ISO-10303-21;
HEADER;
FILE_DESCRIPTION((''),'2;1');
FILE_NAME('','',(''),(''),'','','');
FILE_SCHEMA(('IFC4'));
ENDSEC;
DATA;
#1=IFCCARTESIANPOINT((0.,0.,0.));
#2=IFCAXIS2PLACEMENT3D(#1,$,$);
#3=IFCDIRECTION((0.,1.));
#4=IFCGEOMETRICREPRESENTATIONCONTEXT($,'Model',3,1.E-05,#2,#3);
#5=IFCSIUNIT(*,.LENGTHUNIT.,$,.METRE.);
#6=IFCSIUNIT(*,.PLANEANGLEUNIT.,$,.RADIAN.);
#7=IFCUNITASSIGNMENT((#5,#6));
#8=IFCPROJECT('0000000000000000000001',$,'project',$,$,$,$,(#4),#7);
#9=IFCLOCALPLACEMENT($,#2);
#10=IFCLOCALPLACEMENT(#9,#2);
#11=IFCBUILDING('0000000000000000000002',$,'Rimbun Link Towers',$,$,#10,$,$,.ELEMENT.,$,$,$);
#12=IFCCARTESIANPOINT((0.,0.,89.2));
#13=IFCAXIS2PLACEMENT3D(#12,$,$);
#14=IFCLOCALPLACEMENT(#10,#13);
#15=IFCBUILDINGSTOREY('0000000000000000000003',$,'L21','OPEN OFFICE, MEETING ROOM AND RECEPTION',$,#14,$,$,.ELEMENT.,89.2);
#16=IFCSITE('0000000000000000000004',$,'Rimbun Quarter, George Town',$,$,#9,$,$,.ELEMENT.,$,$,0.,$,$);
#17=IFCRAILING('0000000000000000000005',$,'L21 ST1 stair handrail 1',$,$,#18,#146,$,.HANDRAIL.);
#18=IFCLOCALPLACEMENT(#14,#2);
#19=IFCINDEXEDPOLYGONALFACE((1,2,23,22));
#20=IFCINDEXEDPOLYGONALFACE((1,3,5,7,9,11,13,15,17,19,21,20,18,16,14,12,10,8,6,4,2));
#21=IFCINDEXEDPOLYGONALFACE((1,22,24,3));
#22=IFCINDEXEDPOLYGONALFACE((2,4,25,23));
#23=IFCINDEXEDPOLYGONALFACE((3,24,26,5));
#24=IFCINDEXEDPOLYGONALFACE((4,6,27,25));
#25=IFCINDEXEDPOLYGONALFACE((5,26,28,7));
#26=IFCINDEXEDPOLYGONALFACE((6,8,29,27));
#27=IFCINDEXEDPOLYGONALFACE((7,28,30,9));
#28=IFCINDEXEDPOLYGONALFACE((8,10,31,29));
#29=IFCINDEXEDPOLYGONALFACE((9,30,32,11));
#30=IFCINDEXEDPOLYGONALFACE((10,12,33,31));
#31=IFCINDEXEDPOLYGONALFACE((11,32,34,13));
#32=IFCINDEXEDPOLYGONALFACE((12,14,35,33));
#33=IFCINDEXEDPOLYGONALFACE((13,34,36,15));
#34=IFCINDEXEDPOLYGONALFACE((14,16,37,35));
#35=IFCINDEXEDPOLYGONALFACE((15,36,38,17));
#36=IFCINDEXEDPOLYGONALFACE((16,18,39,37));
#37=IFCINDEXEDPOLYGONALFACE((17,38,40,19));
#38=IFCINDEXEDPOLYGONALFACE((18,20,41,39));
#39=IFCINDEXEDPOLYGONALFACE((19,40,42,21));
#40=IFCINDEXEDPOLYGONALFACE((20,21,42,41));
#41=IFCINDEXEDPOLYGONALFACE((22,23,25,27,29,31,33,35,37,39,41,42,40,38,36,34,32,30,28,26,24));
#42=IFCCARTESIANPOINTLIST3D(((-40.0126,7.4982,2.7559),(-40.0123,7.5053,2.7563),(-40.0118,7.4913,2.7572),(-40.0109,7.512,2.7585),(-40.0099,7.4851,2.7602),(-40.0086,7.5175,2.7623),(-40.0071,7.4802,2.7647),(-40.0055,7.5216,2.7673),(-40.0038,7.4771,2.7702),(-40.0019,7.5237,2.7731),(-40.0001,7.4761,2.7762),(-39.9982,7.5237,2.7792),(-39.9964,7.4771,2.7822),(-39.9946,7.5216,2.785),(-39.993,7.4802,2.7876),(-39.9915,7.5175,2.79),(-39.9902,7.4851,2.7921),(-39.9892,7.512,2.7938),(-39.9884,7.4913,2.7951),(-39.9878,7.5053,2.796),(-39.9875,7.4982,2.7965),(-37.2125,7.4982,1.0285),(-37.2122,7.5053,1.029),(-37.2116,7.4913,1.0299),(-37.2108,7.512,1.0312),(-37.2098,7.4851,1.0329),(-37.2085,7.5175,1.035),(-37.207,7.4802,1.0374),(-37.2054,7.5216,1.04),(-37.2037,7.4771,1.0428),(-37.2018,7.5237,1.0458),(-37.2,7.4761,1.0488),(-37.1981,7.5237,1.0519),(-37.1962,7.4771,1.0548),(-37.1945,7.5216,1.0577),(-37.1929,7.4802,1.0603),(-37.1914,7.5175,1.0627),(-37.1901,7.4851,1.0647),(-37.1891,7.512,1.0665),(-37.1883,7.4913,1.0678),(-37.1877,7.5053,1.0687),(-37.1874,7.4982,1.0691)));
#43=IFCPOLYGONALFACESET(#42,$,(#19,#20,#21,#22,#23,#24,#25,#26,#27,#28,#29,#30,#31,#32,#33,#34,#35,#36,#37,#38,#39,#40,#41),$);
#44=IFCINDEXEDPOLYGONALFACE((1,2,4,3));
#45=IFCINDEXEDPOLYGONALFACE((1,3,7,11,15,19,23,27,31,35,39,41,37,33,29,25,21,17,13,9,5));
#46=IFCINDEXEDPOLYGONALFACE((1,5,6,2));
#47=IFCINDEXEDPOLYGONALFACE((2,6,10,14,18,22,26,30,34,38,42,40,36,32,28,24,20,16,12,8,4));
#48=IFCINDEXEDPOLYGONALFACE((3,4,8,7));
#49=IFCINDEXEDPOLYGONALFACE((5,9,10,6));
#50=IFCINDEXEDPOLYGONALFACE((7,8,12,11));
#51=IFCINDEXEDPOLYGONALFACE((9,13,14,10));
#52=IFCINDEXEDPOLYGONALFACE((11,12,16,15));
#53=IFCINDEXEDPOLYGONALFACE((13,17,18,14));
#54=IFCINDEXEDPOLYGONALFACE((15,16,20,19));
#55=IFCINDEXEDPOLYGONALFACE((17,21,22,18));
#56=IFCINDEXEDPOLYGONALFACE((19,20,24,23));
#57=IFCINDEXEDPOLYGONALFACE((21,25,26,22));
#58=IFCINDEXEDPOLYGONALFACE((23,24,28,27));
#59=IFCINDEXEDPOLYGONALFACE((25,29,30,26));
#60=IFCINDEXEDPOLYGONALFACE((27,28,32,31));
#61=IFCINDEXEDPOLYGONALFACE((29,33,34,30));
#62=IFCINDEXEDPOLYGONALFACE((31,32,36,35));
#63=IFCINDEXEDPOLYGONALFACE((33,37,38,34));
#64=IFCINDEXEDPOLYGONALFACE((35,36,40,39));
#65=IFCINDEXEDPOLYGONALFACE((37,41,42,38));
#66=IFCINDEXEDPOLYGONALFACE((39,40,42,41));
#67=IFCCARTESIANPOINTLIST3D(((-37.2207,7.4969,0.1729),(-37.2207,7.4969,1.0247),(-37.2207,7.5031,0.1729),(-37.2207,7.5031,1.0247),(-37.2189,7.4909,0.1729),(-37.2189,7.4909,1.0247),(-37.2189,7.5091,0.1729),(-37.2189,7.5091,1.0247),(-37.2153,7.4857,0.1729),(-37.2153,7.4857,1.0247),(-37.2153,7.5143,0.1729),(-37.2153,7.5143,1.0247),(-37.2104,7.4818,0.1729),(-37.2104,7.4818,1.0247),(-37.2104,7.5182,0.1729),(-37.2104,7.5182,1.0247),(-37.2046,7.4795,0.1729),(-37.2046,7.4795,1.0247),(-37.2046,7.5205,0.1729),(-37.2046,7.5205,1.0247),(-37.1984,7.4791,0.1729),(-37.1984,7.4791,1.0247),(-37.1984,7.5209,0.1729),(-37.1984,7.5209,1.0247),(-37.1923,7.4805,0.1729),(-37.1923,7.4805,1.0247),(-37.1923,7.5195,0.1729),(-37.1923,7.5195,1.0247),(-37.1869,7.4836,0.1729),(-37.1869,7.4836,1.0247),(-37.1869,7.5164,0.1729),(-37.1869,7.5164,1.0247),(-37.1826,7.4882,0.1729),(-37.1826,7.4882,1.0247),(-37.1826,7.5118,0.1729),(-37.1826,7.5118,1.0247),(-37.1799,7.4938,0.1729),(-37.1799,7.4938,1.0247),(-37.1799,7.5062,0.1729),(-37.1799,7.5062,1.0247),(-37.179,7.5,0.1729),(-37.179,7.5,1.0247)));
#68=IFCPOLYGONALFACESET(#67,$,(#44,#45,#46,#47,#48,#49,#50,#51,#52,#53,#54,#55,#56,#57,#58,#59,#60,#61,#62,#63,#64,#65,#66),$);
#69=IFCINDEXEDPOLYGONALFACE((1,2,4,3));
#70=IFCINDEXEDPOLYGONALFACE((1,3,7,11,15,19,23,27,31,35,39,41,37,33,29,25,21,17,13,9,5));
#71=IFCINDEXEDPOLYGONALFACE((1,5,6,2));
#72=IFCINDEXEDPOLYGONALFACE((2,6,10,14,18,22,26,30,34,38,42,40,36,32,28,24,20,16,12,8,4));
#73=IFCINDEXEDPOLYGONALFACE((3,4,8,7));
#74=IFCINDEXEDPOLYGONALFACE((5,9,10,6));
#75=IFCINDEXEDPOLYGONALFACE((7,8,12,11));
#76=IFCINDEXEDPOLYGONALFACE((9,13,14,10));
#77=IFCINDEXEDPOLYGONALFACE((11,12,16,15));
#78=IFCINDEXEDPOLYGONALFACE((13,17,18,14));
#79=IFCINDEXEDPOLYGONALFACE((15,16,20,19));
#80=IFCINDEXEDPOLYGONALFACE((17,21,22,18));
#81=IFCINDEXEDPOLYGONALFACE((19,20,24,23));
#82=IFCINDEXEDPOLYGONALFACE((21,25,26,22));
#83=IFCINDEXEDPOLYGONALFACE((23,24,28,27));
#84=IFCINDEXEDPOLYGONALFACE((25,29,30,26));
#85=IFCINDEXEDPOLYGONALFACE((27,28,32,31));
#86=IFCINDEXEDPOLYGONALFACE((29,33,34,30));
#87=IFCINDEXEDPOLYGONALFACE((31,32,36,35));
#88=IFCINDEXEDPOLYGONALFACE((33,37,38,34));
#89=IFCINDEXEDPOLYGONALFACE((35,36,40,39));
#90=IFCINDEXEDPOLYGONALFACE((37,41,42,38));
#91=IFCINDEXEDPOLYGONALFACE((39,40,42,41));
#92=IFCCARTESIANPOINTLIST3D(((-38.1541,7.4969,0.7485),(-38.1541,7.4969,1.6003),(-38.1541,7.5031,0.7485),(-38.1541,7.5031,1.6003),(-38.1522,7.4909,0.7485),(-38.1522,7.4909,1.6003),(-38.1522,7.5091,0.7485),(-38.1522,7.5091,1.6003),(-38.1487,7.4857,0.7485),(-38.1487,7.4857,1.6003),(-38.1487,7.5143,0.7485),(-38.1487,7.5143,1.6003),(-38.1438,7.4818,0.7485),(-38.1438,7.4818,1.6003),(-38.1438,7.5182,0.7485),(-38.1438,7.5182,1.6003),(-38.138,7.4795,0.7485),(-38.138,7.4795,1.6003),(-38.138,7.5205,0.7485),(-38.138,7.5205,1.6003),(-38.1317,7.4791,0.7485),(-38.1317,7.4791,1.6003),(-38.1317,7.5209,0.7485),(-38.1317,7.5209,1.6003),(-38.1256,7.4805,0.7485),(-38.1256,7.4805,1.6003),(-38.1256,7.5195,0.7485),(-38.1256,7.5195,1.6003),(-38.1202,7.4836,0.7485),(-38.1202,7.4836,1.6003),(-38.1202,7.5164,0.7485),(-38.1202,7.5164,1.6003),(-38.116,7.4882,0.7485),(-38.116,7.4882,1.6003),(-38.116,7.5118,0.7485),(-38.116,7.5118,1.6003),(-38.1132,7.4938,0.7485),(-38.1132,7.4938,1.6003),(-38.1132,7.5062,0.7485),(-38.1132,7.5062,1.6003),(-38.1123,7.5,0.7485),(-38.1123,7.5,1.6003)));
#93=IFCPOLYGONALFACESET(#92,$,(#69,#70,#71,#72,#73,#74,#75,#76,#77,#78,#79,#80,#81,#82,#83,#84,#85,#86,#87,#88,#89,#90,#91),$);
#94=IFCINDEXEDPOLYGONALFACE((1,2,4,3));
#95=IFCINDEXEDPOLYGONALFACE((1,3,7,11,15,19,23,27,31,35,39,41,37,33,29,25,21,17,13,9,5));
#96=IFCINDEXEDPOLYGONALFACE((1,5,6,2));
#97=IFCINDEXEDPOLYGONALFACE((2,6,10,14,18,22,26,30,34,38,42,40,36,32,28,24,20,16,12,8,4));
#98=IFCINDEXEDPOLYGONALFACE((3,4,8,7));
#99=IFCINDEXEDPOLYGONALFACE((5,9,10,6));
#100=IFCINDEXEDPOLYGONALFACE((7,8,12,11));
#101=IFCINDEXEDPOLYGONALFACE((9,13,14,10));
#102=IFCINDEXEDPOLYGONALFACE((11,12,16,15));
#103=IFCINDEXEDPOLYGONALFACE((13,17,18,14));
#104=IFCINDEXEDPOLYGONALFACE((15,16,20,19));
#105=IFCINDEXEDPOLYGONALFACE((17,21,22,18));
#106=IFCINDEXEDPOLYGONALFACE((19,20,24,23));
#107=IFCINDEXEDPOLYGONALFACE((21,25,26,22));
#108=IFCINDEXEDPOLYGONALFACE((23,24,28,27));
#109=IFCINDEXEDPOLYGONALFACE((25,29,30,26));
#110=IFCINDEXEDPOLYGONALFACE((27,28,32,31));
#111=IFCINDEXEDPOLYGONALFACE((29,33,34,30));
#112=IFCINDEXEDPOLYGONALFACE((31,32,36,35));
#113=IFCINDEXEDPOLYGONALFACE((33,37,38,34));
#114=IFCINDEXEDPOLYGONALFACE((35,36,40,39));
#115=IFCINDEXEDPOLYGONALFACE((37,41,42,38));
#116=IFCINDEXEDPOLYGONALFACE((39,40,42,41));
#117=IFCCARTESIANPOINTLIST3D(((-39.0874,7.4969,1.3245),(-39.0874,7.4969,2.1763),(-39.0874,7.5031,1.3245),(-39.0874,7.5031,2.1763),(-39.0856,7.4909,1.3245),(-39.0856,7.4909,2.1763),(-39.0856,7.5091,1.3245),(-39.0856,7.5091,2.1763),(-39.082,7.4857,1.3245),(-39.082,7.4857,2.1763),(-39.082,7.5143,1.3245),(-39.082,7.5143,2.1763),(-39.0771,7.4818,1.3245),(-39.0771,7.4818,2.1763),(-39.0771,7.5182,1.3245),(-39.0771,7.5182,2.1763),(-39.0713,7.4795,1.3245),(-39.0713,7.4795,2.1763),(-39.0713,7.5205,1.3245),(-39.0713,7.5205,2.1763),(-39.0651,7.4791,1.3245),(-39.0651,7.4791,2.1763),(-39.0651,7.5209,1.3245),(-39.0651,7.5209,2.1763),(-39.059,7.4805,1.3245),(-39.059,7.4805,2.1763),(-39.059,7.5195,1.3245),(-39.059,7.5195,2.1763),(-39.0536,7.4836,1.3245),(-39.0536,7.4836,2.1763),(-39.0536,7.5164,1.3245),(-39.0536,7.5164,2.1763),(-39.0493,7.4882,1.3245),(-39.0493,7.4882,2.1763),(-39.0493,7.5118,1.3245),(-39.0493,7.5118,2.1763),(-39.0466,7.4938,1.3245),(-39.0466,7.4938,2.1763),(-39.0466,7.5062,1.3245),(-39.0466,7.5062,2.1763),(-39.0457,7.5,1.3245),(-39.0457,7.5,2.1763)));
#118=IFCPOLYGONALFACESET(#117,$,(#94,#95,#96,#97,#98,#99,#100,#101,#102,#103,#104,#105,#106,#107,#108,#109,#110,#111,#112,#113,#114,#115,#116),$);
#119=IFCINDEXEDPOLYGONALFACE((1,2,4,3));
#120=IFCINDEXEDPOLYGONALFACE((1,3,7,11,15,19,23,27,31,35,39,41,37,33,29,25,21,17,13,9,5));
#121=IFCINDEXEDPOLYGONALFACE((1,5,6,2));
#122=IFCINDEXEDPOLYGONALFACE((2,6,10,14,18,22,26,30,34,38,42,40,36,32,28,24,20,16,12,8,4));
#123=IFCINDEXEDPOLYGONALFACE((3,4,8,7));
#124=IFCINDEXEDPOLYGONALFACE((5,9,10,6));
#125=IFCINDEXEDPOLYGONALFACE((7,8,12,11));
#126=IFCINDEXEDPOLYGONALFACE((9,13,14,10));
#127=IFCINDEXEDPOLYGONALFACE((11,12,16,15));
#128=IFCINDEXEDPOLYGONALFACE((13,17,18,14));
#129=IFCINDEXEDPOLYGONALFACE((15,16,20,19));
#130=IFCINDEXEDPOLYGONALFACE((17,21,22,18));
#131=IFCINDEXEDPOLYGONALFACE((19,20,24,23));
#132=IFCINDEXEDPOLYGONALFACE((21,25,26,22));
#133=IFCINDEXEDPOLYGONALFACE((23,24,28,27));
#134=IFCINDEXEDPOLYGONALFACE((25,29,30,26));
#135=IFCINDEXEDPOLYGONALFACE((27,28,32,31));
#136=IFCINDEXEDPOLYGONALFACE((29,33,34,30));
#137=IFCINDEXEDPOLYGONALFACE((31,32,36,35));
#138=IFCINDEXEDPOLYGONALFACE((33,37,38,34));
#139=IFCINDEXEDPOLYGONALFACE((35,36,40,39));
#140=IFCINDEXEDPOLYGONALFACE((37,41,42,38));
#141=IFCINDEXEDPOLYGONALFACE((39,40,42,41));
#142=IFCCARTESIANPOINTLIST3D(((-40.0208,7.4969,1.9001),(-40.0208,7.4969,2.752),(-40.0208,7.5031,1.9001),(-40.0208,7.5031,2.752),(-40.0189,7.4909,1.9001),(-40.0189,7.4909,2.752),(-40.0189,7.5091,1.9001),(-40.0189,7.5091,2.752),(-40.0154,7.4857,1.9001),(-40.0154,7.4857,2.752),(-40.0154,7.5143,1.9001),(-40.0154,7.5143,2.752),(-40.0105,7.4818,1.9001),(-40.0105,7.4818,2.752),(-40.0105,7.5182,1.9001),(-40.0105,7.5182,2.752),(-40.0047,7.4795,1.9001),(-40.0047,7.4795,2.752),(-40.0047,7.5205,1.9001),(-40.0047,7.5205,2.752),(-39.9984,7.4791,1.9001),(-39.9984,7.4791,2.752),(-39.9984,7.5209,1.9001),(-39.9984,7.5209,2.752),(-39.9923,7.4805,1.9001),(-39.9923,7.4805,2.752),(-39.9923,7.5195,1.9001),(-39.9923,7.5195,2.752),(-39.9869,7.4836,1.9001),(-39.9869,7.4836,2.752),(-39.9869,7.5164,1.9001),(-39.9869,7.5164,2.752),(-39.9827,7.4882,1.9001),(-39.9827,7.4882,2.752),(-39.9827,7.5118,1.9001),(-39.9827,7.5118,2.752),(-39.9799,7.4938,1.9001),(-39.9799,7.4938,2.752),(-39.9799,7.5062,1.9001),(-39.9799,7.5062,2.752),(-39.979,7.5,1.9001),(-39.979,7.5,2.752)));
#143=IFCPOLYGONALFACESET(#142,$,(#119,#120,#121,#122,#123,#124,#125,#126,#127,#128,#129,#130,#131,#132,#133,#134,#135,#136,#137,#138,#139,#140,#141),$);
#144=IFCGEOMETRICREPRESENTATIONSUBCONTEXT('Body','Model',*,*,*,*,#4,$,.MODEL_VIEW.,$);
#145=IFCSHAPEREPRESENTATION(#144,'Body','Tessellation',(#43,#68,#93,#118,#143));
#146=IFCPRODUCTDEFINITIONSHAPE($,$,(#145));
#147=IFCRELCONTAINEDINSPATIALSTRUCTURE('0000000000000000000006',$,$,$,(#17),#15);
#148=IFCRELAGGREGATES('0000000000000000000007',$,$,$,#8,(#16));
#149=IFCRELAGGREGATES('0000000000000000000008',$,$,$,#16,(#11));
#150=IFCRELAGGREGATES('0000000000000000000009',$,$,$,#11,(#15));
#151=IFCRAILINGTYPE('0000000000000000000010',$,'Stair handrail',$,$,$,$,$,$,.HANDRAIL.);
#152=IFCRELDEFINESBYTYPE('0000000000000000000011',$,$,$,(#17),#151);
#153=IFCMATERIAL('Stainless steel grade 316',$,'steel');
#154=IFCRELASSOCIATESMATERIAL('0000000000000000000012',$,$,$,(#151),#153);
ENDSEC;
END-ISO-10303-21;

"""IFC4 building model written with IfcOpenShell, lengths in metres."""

from ifc_helpers import new_model, si_unit, direction, frame, origin, origin_2d, place, context, subcontext, project, spatial, circle, extrude, material, type_object, element, save


model = new_model("IFC4")

# Units and contexts
model_context = context("Model", 3, precision=1e-05, world=origin(), true_north=direction((0.0, 1.0)))
body_context = subcontext(model_context, "Body", "Model", "MODEL_VIEW")
ifc_project = project(units=[si_unit("LENGTHUNIT", "METRE"), si_unit("PLANEANGLEUNIT", "RADIAN")], contexts=[model_context])

# Site, building, storey
site_placement = place(None, origin())
site = spatial("IfcSite", under=ifc_project, at=site_placement, Name="Rimbun Quarter, George Town", CompositionType="ELEMENT", RefElevation=0.0)
building_placement = place(site_placement, origin())
building = spatial("IfcBuilding", under=site, at=building_placement, Name="Rimbun Link Towers", CompositionType="ELEMENT")
storey_placement = place(building_placement, frame((0.0, 0.0, 89.2)))
storey = spatial("IfcBuildingStorey", under=building, at=storey_placement, Name="L21", Description="OPEN OFFICE, MEETING ROOM AND RECEPTION", CompositionType="ELEMENT", Elevation=89.2)

# Railing
ifc_material_1 = material(Name="Stainless steel grade 316", Category="steel")
railing_type_1 = type_object("IfcRailingType", Name="Stair handrail", PredefinedType="HANDRAIL", material=ifc_material_1)
railing_1_placement = place(storey_placement, frame((-37.2, 7.5, 0.1729)))
element("IfcRailing", 1, at=railing_1_placement, inside=storey, type_object=railing_type_1, Name="L21 ST1 stair handrail 1", PredefinedType="HANDRAIL", context=body_context, shape_type="SweptSolid", body=[
    extrude(circle(Radius=0.0239, at=origin_2d()), frame((0.0, 0.0, 0.876), z_axis=(-0.85109, 0.0, 0.52502), x_axis=(0.0, -1.0, 0.0)), (0.0, 0.0, 1.0), 3.29),
    extrude(circle(Radius=0.021, at=origin_2d()), origin(), (0.0, 0.0, 1.0), 0.8518),
    extrude(circle(Radius=0.021, at=origin_2d()), frame((-0.9333, 0.0, 0.5757)), (0.0, 0.0, 1.0), 0.8518),
    extrude(circle(Radius=0.021, at=origin_2d()), frame((-1.8667, 0.0, 1.1516)), (0.0, 0.0, 1.0), 0.8518),
    extrude(circle(Radius=0.021, at=origin_2d()), frame((-2.8, 0.0, 1.7273)), (0.0, 0.0, 1.0), 0.8518),
])

save(model, "model.ifc")
